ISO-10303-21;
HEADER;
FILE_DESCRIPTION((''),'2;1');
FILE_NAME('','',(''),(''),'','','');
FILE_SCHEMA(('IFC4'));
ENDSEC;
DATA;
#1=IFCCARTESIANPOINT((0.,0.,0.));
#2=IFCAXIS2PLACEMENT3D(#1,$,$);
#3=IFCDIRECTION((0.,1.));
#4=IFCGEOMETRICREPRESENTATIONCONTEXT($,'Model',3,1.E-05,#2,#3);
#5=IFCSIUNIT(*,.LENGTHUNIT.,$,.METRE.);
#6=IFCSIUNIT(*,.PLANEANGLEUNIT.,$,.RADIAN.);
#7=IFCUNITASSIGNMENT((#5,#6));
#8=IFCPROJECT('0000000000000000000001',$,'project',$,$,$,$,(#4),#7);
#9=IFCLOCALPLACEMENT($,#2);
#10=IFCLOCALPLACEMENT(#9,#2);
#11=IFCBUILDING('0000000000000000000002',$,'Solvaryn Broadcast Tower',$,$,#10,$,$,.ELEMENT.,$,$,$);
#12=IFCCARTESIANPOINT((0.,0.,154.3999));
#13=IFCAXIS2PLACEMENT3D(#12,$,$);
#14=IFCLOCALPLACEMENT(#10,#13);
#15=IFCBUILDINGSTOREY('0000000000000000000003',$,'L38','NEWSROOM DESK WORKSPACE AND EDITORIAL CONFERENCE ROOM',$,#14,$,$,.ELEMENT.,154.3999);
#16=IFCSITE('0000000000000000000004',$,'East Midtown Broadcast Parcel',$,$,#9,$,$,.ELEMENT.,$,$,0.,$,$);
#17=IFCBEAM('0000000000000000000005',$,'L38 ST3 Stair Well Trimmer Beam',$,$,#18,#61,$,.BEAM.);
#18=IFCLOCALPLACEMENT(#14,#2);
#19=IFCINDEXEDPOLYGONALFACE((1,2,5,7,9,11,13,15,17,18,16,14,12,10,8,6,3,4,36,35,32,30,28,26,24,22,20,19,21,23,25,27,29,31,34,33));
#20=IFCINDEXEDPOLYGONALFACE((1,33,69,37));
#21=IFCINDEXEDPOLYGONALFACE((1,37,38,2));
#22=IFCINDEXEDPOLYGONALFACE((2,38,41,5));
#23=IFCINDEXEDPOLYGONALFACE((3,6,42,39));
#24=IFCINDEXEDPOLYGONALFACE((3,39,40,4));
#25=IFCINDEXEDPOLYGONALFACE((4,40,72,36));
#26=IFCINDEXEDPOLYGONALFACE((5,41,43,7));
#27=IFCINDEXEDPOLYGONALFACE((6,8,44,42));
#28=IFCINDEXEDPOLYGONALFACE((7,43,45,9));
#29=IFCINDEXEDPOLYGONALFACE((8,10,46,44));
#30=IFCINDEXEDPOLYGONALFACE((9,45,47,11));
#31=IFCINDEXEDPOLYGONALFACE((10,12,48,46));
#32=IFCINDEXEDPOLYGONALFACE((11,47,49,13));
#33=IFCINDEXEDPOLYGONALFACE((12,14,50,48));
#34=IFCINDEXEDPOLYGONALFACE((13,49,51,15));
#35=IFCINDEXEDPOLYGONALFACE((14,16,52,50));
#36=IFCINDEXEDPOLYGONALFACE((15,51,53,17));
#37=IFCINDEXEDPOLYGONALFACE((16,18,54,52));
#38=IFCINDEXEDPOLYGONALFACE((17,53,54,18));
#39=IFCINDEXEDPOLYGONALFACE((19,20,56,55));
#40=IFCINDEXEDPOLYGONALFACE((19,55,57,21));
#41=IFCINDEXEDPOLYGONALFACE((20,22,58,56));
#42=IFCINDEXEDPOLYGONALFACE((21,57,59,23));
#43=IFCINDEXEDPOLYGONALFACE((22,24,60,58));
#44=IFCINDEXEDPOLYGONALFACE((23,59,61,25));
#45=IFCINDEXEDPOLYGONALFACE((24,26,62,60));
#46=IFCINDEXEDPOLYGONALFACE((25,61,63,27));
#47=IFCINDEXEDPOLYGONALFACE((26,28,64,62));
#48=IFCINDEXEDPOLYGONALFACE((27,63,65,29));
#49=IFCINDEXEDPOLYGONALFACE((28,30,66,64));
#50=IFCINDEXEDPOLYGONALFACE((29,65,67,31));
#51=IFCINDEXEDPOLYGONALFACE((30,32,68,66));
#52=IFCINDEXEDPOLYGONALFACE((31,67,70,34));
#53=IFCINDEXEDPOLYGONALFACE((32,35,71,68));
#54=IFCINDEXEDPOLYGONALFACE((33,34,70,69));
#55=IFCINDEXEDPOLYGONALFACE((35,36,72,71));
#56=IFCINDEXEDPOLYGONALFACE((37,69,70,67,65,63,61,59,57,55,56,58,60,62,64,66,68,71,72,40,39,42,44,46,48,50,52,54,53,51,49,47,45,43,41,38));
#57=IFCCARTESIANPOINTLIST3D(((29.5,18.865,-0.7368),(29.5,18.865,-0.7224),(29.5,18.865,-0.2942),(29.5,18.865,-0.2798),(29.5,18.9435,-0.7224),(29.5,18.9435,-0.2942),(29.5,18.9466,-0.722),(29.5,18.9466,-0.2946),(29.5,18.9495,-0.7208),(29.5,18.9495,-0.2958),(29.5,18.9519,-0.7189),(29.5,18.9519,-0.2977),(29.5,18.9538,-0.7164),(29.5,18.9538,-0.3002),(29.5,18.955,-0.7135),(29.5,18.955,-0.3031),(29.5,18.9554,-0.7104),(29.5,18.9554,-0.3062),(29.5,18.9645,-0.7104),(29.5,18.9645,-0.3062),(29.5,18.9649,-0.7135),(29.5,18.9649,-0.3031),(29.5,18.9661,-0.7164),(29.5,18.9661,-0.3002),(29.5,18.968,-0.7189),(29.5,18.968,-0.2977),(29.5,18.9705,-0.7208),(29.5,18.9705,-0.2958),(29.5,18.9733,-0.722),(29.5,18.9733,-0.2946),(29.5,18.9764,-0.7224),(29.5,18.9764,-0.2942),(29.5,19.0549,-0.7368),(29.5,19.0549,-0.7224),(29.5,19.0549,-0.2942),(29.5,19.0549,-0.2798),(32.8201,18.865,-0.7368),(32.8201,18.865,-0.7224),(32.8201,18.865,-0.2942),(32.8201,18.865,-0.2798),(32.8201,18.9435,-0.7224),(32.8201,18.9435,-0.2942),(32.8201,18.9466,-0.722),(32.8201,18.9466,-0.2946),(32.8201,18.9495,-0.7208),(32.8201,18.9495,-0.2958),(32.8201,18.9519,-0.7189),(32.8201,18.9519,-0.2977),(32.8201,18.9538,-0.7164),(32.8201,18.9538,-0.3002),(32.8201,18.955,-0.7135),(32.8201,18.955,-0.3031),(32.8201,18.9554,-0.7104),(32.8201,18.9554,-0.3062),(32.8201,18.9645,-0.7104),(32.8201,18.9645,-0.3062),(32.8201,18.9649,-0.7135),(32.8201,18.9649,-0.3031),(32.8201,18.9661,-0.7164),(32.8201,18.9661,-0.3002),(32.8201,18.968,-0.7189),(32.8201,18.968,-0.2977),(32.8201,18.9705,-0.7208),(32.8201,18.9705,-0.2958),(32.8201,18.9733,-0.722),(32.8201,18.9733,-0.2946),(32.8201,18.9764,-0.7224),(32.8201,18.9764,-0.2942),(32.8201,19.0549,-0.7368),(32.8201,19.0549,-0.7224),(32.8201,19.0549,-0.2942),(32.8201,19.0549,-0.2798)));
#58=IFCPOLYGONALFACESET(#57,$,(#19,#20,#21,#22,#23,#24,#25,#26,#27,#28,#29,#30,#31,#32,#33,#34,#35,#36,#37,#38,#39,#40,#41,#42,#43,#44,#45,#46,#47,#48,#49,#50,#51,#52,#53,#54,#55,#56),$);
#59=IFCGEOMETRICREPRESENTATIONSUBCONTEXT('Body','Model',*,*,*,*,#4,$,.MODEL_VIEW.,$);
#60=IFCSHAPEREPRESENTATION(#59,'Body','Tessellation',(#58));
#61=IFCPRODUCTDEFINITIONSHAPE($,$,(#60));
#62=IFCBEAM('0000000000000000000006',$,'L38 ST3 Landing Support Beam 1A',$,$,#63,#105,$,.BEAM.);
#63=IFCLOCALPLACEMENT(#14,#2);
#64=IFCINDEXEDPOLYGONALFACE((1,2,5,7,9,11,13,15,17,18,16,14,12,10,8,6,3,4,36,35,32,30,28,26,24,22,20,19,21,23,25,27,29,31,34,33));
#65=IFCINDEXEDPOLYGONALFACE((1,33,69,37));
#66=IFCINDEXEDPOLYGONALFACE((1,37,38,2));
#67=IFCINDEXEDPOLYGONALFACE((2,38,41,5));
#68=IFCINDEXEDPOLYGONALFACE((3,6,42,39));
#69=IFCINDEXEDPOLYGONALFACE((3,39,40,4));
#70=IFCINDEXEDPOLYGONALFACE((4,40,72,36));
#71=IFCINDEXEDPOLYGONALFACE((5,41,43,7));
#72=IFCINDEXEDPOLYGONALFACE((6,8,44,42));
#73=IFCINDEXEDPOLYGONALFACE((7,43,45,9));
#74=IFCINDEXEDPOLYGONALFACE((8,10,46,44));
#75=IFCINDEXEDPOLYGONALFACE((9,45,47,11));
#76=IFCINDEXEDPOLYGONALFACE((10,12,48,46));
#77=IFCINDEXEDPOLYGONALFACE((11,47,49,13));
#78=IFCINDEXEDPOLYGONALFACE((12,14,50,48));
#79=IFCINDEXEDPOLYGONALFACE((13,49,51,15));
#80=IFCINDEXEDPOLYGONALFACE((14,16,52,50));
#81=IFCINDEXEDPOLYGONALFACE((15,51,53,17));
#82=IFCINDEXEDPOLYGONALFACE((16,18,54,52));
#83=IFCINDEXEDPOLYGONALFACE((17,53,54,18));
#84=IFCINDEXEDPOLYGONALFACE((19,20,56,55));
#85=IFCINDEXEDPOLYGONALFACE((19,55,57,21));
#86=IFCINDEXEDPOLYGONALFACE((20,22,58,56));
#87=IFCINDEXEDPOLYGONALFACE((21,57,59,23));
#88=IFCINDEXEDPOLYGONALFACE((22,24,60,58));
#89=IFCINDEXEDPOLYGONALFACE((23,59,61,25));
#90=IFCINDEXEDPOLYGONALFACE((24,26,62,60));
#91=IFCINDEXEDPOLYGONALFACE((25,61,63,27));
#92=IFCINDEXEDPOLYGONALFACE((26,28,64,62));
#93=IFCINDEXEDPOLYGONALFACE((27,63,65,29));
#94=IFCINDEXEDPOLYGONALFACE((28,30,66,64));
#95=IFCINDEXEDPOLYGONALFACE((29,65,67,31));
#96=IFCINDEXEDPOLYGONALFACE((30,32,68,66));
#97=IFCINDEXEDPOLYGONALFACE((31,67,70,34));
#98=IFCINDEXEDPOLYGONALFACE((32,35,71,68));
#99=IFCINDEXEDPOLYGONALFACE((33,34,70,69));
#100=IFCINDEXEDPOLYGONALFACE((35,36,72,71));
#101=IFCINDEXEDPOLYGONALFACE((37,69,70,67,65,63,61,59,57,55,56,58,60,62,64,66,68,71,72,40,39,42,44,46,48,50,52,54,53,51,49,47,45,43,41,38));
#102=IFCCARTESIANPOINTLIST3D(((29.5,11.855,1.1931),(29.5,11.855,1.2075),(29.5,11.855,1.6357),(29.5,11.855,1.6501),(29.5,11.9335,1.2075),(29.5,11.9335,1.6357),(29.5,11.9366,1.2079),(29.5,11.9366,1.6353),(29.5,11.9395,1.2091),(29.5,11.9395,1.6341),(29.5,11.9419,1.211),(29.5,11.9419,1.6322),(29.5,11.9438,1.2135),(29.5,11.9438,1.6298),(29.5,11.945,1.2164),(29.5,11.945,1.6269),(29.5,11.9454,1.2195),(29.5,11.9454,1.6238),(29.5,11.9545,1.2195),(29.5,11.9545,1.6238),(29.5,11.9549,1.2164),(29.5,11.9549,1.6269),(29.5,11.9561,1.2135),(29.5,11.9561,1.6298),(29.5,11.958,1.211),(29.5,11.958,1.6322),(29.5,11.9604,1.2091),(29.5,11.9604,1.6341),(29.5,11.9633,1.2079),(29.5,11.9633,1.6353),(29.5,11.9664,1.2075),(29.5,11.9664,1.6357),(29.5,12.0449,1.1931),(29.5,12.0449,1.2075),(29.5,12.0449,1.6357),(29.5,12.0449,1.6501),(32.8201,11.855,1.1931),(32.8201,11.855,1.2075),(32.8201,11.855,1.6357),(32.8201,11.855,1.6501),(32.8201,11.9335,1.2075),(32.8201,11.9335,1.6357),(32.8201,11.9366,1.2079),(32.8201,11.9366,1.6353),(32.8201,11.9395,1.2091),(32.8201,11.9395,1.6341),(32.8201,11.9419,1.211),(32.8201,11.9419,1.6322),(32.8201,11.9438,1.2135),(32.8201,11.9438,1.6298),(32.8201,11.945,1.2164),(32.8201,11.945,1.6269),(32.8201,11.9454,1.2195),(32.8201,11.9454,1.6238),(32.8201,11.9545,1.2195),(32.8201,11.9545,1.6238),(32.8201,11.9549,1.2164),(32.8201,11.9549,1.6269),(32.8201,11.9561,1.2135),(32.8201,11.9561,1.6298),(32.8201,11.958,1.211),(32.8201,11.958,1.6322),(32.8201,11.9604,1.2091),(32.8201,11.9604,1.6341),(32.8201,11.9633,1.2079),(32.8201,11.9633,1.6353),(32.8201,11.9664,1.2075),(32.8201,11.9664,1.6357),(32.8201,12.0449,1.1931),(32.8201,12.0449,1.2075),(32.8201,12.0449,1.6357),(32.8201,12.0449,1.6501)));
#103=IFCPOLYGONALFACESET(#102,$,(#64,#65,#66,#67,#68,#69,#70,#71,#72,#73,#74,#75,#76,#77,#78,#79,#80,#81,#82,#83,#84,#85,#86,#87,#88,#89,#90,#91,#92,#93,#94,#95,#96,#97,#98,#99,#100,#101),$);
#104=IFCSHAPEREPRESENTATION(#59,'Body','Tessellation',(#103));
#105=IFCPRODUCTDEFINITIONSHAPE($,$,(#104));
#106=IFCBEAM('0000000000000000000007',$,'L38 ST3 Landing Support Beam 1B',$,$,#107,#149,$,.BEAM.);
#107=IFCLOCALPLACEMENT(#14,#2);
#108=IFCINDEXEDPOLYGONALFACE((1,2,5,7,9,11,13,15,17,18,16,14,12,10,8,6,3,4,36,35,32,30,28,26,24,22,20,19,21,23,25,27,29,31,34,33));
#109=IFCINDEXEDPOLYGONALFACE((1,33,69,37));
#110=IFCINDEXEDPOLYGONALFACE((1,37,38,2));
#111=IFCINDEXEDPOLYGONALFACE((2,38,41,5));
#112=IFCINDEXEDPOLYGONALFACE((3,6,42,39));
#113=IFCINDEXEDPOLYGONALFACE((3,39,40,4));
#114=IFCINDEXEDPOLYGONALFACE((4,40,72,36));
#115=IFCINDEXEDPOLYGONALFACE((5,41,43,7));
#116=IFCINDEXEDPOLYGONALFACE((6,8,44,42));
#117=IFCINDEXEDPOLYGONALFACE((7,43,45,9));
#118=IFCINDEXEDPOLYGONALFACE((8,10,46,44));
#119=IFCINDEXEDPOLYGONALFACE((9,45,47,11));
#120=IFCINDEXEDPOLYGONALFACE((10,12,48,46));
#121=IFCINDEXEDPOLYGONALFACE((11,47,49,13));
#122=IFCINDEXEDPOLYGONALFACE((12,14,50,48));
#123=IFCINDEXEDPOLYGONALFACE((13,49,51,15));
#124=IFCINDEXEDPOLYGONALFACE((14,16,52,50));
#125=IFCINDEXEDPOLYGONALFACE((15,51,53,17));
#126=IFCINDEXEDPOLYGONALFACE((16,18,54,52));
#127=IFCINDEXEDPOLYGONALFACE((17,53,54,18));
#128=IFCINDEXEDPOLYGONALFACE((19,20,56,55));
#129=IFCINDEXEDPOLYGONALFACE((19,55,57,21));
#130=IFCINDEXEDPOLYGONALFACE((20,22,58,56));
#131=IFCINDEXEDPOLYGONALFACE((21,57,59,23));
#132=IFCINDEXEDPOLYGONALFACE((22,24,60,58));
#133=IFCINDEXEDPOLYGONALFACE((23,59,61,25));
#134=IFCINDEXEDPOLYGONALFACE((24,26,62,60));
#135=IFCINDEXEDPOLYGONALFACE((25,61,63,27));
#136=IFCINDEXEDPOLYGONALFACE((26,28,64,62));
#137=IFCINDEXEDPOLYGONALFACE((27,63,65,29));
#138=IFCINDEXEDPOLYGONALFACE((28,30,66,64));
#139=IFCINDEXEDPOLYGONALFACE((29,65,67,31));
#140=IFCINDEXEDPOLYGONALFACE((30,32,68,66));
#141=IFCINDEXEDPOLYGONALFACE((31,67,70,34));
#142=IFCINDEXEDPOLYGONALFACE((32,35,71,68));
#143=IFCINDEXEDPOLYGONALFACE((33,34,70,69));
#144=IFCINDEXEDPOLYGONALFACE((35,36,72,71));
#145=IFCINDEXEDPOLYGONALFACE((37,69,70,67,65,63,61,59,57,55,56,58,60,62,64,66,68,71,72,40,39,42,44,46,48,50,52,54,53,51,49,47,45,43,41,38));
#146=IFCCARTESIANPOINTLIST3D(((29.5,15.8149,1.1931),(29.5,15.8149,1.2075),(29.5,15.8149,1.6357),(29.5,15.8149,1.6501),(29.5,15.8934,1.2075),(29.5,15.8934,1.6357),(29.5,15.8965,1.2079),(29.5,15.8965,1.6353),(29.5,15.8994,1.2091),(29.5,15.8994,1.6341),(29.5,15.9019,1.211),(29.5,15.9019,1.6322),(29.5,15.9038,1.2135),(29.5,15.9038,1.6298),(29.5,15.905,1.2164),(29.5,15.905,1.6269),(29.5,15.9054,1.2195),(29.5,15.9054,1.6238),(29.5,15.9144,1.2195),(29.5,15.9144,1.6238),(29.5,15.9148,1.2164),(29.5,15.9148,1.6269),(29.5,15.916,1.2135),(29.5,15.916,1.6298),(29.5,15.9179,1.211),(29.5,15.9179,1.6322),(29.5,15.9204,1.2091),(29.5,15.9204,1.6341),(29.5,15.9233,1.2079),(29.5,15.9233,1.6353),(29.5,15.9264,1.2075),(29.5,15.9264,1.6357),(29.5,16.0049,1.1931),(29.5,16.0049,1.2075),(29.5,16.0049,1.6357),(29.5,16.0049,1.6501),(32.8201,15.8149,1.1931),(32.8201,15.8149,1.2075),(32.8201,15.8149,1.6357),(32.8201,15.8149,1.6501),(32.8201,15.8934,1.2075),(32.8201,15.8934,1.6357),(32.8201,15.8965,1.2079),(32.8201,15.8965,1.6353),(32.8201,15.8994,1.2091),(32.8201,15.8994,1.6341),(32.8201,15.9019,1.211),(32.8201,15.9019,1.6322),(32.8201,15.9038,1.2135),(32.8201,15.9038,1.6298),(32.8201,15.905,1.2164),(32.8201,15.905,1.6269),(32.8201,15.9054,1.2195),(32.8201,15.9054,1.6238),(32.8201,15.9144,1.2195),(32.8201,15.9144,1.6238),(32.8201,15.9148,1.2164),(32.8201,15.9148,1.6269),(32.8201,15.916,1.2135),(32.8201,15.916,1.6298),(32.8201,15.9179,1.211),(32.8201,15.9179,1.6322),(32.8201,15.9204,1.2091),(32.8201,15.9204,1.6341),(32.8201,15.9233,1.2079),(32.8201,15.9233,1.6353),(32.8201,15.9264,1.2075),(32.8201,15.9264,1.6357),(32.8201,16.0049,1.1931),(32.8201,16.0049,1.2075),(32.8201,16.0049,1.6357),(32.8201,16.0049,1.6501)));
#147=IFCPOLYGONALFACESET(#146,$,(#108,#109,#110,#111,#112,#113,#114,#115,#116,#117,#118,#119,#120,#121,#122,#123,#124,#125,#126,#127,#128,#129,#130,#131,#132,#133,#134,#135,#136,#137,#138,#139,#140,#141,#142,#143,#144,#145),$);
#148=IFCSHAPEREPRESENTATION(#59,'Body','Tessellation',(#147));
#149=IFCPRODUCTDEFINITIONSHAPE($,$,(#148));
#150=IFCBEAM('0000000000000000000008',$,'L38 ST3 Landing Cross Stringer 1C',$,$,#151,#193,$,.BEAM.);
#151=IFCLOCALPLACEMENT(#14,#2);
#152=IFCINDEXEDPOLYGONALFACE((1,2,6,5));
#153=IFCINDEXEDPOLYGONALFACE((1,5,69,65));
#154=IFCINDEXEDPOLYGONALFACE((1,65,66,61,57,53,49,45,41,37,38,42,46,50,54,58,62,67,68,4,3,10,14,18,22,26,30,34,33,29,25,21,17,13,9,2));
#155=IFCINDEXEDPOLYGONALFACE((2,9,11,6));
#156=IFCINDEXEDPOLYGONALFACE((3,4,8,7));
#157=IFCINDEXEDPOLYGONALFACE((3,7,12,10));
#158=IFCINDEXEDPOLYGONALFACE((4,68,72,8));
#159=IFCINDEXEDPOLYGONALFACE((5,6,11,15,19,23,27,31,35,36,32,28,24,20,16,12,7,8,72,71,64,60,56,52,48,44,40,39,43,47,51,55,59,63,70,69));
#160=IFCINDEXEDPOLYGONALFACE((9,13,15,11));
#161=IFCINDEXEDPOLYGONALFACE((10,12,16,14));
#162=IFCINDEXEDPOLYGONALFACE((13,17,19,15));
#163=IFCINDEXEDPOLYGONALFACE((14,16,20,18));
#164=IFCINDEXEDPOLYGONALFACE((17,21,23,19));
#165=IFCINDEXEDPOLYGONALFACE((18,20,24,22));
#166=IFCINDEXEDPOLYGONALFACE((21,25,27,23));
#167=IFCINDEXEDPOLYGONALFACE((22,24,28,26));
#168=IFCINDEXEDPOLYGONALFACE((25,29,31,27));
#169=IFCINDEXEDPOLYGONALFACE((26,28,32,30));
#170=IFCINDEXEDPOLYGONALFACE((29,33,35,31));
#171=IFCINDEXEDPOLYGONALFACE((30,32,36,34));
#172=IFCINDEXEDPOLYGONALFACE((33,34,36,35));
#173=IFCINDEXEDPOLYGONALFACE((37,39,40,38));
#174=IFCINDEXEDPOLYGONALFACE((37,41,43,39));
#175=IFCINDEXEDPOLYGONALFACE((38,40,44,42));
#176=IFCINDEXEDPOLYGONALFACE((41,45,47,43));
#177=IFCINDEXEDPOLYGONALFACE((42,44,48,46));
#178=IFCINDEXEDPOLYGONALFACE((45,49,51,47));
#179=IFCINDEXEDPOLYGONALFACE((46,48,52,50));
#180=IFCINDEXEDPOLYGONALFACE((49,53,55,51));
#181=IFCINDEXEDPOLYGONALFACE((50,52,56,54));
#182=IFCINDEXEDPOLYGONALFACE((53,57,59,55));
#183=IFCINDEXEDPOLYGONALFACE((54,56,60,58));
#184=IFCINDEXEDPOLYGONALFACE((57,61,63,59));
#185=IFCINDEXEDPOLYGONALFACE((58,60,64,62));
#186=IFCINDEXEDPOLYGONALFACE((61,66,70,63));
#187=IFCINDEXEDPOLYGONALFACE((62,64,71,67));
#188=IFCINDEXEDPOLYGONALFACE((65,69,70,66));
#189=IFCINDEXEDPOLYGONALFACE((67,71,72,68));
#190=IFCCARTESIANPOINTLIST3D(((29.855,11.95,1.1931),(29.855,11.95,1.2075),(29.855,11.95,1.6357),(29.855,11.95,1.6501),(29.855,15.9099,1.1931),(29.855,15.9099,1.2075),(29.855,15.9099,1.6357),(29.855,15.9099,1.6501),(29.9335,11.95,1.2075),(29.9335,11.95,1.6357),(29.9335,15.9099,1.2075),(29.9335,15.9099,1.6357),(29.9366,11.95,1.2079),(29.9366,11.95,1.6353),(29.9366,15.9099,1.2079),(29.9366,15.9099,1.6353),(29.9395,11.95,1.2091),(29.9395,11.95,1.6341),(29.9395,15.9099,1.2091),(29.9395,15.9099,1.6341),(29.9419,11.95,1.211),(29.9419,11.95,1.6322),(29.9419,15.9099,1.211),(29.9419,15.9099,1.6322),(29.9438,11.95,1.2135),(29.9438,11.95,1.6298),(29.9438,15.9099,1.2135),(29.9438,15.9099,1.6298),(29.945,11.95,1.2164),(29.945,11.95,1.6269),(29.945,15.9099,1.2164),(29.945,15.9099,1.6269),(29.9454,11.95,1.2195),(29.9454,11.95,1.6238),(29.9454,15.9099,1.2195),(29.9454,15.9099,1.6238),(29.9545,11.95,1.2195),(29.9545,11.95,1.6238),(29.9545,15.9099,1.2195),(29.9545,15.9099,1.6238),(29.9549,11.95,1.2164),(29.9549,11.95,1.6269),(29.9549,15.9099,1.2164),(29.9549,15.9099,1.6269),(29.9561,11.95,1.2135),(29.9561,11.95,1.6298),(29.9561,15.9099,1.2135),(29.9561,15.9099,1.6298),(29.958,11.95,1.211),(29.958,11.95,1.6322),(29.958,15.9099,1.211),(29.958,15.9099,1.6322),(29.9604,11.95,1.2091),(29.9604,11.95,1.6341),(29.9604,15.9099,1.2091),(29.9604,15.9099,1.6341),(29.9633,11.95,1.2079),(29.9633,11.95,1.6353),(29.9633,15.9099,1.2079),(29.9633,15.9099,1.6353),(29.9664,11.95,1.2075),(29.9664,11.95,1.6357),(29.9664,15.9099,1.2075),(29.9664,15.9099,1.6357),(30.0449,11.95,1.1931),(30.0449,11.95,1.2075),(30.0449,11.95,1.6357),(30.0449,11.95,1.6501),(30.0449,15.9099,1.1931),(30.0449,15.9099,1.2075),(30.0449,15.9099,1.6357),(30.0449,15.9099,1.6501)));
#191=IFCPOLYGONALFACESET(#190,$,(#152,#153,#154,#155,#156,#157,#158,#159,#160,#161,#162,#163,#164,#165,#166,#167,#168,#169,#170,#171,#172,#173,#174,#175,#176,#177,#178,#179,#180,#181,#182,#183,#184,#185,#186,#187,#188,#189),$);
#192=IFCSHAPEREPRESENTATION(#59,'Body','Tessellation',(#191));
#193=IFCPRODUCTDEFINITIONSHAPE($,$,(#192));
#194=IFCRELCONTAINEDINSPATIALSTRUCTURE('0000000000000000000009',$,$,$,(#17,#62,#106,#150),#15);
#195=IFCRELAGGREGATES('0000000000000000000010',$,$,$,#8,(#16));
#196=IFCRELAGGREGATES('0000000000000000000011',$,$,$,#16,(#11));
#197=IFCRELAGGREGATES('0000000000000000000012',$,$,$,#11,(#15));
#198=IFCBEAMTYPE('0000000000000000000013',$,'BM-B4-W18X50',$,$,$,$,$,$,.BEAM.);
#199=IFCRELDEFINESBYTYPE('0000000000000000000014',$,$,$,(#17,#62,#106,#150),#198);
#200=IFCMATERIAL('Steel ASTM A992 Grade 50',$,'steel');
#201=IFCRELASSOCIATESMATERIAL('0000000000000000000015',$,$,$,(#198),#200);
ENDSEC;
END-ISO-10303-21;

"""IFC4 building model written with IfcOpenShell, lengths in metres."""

from ifc_helpers import new_model, si_unit, direction, frame, origin, origin_2d, place, context, subcontext, project, spatial, i_section, extrude, material, material_profile, profile_set, type_object, element, save


model = new_model("IFC4")

# Units and contexts
model_context = context("Model", 3, precision=1e-05, world=origin(), true_north=direction((0.0, 1.0)))
body_context = subcontext(model_context, "Body", "Model", "MODEL_VIEW")
ifc_project = project(units=[si_unit("LENGTHUNIT", "METRE"), si_unit("PLANEANGLEUNIT", "RADIAN")], contexts=[model_context])

# Site, building, storey
site_placement = place(None, origin())
site = spatial("IfcSite", under=ifc_project, at=site_placement, Name="East Midtown Broadcast Parcel", CompositionType="ELEMENT", RefElevation=0.0)
building_placement = place(site_placement, origin())
building = spatial("IfcBuilding", under=site, at=building_placement, Name="Solvaryn Broadcast Tower", CompositionType="ELEMENT")
storey_placement = place(building_placement, frame((0.0, 0.0, 154.3999)))
storey = spatial("IfcBuildingStorey", under=building, at=storey_placement, Name="L38", Description="NEWSROOM DESK WORKSPACE AND EDITORIAL CONFERENCE ROOM", CompositionType="ELEMENT", Elevation=154.3999)

# Beams
ifc_material_1 = material(Name="Steel ASTM A992 Grade 50", Category="steel")
ifc_material_profile_1 = material_profile(ifc_material_1, i_section(OverallWidth=0.1899, OverallDepth=0.457, WebThickness=0.009, FlangeThickness=0.0144, FilletRadius=0.012, at=origin_2d()))
ifc_profile_set_1 = profile_set([ifc_material_profile_1], Name="Steel ASTM A992 Grade 50")
beam_type_1 = type_object("IfcBeamType", Name="BM-B4-W18X50", PredefinedType="BEAM", material=ifc_profile_set_1)
for number, where, z_axis, x_axis, name in (
    (1, (29.5, 18.96, -0.5083), (1.0, 0.0, 0.0), (0.0, 1.0, 0.0), "L38 ST3 Stair Well Trimmer Beam"),
    (2, (29.5, 11.95, 1.4216), (1.0, 0.0, 0.0), (0.0, 1.0, 0.0), "L38 ST3 Landing Support Beam 1A"),
    (3, (29.5, 15.9099, 1.4216), (1.0, 0.0, 0.0), (0.0, 1.0, 0.0), "L38 ST3 Landing Support Beam 1B"),
):
    element("IfcBeam", number, at=place(storey_placement, frame(where, z_axis=z_axis, x_axis=x_axis)), inside=storey, type_object=beam_type_1, Name=name, PredefinedType="BEAM", context=body_context, shape_type="SweptSolid", body=[
        extrude(i_section(OverallWidth=0.1899, OverallDepth=0.457, WebThickness=0.009, FlangeThickness=0.0144, FilletRadius=0.012, at=origin_2d()), origin(), (0.0, 0.0, 1.0), 3.3201),
    ])
beam_1_placement = place(storey_placement, frame((29.95, 11.95, 1.4216), z_axis=(0.0, 1.0, 0.0), x_axis=(-1.0, 0.0, 0.0)))
element("IfcBeam", 4, at=beam_1_placement, inside=storey, type_object=beam_type_1, Name="L38 ST3 Landing Cross Stringer 1C", PredefinedType="BEAM", context=body_context, shape_type="SweptSolid", body=[
    extrude(i_section(OverallWidth=0.1899, OverallDepth=0.457, WebThickness=0.009, FlangeThickness=0.0144, FilletRadius=0.012, at=origin_2d()), origin(), (0.0, 0.0, 1.0), 3.96),
])

save(model, "model.ifc")
